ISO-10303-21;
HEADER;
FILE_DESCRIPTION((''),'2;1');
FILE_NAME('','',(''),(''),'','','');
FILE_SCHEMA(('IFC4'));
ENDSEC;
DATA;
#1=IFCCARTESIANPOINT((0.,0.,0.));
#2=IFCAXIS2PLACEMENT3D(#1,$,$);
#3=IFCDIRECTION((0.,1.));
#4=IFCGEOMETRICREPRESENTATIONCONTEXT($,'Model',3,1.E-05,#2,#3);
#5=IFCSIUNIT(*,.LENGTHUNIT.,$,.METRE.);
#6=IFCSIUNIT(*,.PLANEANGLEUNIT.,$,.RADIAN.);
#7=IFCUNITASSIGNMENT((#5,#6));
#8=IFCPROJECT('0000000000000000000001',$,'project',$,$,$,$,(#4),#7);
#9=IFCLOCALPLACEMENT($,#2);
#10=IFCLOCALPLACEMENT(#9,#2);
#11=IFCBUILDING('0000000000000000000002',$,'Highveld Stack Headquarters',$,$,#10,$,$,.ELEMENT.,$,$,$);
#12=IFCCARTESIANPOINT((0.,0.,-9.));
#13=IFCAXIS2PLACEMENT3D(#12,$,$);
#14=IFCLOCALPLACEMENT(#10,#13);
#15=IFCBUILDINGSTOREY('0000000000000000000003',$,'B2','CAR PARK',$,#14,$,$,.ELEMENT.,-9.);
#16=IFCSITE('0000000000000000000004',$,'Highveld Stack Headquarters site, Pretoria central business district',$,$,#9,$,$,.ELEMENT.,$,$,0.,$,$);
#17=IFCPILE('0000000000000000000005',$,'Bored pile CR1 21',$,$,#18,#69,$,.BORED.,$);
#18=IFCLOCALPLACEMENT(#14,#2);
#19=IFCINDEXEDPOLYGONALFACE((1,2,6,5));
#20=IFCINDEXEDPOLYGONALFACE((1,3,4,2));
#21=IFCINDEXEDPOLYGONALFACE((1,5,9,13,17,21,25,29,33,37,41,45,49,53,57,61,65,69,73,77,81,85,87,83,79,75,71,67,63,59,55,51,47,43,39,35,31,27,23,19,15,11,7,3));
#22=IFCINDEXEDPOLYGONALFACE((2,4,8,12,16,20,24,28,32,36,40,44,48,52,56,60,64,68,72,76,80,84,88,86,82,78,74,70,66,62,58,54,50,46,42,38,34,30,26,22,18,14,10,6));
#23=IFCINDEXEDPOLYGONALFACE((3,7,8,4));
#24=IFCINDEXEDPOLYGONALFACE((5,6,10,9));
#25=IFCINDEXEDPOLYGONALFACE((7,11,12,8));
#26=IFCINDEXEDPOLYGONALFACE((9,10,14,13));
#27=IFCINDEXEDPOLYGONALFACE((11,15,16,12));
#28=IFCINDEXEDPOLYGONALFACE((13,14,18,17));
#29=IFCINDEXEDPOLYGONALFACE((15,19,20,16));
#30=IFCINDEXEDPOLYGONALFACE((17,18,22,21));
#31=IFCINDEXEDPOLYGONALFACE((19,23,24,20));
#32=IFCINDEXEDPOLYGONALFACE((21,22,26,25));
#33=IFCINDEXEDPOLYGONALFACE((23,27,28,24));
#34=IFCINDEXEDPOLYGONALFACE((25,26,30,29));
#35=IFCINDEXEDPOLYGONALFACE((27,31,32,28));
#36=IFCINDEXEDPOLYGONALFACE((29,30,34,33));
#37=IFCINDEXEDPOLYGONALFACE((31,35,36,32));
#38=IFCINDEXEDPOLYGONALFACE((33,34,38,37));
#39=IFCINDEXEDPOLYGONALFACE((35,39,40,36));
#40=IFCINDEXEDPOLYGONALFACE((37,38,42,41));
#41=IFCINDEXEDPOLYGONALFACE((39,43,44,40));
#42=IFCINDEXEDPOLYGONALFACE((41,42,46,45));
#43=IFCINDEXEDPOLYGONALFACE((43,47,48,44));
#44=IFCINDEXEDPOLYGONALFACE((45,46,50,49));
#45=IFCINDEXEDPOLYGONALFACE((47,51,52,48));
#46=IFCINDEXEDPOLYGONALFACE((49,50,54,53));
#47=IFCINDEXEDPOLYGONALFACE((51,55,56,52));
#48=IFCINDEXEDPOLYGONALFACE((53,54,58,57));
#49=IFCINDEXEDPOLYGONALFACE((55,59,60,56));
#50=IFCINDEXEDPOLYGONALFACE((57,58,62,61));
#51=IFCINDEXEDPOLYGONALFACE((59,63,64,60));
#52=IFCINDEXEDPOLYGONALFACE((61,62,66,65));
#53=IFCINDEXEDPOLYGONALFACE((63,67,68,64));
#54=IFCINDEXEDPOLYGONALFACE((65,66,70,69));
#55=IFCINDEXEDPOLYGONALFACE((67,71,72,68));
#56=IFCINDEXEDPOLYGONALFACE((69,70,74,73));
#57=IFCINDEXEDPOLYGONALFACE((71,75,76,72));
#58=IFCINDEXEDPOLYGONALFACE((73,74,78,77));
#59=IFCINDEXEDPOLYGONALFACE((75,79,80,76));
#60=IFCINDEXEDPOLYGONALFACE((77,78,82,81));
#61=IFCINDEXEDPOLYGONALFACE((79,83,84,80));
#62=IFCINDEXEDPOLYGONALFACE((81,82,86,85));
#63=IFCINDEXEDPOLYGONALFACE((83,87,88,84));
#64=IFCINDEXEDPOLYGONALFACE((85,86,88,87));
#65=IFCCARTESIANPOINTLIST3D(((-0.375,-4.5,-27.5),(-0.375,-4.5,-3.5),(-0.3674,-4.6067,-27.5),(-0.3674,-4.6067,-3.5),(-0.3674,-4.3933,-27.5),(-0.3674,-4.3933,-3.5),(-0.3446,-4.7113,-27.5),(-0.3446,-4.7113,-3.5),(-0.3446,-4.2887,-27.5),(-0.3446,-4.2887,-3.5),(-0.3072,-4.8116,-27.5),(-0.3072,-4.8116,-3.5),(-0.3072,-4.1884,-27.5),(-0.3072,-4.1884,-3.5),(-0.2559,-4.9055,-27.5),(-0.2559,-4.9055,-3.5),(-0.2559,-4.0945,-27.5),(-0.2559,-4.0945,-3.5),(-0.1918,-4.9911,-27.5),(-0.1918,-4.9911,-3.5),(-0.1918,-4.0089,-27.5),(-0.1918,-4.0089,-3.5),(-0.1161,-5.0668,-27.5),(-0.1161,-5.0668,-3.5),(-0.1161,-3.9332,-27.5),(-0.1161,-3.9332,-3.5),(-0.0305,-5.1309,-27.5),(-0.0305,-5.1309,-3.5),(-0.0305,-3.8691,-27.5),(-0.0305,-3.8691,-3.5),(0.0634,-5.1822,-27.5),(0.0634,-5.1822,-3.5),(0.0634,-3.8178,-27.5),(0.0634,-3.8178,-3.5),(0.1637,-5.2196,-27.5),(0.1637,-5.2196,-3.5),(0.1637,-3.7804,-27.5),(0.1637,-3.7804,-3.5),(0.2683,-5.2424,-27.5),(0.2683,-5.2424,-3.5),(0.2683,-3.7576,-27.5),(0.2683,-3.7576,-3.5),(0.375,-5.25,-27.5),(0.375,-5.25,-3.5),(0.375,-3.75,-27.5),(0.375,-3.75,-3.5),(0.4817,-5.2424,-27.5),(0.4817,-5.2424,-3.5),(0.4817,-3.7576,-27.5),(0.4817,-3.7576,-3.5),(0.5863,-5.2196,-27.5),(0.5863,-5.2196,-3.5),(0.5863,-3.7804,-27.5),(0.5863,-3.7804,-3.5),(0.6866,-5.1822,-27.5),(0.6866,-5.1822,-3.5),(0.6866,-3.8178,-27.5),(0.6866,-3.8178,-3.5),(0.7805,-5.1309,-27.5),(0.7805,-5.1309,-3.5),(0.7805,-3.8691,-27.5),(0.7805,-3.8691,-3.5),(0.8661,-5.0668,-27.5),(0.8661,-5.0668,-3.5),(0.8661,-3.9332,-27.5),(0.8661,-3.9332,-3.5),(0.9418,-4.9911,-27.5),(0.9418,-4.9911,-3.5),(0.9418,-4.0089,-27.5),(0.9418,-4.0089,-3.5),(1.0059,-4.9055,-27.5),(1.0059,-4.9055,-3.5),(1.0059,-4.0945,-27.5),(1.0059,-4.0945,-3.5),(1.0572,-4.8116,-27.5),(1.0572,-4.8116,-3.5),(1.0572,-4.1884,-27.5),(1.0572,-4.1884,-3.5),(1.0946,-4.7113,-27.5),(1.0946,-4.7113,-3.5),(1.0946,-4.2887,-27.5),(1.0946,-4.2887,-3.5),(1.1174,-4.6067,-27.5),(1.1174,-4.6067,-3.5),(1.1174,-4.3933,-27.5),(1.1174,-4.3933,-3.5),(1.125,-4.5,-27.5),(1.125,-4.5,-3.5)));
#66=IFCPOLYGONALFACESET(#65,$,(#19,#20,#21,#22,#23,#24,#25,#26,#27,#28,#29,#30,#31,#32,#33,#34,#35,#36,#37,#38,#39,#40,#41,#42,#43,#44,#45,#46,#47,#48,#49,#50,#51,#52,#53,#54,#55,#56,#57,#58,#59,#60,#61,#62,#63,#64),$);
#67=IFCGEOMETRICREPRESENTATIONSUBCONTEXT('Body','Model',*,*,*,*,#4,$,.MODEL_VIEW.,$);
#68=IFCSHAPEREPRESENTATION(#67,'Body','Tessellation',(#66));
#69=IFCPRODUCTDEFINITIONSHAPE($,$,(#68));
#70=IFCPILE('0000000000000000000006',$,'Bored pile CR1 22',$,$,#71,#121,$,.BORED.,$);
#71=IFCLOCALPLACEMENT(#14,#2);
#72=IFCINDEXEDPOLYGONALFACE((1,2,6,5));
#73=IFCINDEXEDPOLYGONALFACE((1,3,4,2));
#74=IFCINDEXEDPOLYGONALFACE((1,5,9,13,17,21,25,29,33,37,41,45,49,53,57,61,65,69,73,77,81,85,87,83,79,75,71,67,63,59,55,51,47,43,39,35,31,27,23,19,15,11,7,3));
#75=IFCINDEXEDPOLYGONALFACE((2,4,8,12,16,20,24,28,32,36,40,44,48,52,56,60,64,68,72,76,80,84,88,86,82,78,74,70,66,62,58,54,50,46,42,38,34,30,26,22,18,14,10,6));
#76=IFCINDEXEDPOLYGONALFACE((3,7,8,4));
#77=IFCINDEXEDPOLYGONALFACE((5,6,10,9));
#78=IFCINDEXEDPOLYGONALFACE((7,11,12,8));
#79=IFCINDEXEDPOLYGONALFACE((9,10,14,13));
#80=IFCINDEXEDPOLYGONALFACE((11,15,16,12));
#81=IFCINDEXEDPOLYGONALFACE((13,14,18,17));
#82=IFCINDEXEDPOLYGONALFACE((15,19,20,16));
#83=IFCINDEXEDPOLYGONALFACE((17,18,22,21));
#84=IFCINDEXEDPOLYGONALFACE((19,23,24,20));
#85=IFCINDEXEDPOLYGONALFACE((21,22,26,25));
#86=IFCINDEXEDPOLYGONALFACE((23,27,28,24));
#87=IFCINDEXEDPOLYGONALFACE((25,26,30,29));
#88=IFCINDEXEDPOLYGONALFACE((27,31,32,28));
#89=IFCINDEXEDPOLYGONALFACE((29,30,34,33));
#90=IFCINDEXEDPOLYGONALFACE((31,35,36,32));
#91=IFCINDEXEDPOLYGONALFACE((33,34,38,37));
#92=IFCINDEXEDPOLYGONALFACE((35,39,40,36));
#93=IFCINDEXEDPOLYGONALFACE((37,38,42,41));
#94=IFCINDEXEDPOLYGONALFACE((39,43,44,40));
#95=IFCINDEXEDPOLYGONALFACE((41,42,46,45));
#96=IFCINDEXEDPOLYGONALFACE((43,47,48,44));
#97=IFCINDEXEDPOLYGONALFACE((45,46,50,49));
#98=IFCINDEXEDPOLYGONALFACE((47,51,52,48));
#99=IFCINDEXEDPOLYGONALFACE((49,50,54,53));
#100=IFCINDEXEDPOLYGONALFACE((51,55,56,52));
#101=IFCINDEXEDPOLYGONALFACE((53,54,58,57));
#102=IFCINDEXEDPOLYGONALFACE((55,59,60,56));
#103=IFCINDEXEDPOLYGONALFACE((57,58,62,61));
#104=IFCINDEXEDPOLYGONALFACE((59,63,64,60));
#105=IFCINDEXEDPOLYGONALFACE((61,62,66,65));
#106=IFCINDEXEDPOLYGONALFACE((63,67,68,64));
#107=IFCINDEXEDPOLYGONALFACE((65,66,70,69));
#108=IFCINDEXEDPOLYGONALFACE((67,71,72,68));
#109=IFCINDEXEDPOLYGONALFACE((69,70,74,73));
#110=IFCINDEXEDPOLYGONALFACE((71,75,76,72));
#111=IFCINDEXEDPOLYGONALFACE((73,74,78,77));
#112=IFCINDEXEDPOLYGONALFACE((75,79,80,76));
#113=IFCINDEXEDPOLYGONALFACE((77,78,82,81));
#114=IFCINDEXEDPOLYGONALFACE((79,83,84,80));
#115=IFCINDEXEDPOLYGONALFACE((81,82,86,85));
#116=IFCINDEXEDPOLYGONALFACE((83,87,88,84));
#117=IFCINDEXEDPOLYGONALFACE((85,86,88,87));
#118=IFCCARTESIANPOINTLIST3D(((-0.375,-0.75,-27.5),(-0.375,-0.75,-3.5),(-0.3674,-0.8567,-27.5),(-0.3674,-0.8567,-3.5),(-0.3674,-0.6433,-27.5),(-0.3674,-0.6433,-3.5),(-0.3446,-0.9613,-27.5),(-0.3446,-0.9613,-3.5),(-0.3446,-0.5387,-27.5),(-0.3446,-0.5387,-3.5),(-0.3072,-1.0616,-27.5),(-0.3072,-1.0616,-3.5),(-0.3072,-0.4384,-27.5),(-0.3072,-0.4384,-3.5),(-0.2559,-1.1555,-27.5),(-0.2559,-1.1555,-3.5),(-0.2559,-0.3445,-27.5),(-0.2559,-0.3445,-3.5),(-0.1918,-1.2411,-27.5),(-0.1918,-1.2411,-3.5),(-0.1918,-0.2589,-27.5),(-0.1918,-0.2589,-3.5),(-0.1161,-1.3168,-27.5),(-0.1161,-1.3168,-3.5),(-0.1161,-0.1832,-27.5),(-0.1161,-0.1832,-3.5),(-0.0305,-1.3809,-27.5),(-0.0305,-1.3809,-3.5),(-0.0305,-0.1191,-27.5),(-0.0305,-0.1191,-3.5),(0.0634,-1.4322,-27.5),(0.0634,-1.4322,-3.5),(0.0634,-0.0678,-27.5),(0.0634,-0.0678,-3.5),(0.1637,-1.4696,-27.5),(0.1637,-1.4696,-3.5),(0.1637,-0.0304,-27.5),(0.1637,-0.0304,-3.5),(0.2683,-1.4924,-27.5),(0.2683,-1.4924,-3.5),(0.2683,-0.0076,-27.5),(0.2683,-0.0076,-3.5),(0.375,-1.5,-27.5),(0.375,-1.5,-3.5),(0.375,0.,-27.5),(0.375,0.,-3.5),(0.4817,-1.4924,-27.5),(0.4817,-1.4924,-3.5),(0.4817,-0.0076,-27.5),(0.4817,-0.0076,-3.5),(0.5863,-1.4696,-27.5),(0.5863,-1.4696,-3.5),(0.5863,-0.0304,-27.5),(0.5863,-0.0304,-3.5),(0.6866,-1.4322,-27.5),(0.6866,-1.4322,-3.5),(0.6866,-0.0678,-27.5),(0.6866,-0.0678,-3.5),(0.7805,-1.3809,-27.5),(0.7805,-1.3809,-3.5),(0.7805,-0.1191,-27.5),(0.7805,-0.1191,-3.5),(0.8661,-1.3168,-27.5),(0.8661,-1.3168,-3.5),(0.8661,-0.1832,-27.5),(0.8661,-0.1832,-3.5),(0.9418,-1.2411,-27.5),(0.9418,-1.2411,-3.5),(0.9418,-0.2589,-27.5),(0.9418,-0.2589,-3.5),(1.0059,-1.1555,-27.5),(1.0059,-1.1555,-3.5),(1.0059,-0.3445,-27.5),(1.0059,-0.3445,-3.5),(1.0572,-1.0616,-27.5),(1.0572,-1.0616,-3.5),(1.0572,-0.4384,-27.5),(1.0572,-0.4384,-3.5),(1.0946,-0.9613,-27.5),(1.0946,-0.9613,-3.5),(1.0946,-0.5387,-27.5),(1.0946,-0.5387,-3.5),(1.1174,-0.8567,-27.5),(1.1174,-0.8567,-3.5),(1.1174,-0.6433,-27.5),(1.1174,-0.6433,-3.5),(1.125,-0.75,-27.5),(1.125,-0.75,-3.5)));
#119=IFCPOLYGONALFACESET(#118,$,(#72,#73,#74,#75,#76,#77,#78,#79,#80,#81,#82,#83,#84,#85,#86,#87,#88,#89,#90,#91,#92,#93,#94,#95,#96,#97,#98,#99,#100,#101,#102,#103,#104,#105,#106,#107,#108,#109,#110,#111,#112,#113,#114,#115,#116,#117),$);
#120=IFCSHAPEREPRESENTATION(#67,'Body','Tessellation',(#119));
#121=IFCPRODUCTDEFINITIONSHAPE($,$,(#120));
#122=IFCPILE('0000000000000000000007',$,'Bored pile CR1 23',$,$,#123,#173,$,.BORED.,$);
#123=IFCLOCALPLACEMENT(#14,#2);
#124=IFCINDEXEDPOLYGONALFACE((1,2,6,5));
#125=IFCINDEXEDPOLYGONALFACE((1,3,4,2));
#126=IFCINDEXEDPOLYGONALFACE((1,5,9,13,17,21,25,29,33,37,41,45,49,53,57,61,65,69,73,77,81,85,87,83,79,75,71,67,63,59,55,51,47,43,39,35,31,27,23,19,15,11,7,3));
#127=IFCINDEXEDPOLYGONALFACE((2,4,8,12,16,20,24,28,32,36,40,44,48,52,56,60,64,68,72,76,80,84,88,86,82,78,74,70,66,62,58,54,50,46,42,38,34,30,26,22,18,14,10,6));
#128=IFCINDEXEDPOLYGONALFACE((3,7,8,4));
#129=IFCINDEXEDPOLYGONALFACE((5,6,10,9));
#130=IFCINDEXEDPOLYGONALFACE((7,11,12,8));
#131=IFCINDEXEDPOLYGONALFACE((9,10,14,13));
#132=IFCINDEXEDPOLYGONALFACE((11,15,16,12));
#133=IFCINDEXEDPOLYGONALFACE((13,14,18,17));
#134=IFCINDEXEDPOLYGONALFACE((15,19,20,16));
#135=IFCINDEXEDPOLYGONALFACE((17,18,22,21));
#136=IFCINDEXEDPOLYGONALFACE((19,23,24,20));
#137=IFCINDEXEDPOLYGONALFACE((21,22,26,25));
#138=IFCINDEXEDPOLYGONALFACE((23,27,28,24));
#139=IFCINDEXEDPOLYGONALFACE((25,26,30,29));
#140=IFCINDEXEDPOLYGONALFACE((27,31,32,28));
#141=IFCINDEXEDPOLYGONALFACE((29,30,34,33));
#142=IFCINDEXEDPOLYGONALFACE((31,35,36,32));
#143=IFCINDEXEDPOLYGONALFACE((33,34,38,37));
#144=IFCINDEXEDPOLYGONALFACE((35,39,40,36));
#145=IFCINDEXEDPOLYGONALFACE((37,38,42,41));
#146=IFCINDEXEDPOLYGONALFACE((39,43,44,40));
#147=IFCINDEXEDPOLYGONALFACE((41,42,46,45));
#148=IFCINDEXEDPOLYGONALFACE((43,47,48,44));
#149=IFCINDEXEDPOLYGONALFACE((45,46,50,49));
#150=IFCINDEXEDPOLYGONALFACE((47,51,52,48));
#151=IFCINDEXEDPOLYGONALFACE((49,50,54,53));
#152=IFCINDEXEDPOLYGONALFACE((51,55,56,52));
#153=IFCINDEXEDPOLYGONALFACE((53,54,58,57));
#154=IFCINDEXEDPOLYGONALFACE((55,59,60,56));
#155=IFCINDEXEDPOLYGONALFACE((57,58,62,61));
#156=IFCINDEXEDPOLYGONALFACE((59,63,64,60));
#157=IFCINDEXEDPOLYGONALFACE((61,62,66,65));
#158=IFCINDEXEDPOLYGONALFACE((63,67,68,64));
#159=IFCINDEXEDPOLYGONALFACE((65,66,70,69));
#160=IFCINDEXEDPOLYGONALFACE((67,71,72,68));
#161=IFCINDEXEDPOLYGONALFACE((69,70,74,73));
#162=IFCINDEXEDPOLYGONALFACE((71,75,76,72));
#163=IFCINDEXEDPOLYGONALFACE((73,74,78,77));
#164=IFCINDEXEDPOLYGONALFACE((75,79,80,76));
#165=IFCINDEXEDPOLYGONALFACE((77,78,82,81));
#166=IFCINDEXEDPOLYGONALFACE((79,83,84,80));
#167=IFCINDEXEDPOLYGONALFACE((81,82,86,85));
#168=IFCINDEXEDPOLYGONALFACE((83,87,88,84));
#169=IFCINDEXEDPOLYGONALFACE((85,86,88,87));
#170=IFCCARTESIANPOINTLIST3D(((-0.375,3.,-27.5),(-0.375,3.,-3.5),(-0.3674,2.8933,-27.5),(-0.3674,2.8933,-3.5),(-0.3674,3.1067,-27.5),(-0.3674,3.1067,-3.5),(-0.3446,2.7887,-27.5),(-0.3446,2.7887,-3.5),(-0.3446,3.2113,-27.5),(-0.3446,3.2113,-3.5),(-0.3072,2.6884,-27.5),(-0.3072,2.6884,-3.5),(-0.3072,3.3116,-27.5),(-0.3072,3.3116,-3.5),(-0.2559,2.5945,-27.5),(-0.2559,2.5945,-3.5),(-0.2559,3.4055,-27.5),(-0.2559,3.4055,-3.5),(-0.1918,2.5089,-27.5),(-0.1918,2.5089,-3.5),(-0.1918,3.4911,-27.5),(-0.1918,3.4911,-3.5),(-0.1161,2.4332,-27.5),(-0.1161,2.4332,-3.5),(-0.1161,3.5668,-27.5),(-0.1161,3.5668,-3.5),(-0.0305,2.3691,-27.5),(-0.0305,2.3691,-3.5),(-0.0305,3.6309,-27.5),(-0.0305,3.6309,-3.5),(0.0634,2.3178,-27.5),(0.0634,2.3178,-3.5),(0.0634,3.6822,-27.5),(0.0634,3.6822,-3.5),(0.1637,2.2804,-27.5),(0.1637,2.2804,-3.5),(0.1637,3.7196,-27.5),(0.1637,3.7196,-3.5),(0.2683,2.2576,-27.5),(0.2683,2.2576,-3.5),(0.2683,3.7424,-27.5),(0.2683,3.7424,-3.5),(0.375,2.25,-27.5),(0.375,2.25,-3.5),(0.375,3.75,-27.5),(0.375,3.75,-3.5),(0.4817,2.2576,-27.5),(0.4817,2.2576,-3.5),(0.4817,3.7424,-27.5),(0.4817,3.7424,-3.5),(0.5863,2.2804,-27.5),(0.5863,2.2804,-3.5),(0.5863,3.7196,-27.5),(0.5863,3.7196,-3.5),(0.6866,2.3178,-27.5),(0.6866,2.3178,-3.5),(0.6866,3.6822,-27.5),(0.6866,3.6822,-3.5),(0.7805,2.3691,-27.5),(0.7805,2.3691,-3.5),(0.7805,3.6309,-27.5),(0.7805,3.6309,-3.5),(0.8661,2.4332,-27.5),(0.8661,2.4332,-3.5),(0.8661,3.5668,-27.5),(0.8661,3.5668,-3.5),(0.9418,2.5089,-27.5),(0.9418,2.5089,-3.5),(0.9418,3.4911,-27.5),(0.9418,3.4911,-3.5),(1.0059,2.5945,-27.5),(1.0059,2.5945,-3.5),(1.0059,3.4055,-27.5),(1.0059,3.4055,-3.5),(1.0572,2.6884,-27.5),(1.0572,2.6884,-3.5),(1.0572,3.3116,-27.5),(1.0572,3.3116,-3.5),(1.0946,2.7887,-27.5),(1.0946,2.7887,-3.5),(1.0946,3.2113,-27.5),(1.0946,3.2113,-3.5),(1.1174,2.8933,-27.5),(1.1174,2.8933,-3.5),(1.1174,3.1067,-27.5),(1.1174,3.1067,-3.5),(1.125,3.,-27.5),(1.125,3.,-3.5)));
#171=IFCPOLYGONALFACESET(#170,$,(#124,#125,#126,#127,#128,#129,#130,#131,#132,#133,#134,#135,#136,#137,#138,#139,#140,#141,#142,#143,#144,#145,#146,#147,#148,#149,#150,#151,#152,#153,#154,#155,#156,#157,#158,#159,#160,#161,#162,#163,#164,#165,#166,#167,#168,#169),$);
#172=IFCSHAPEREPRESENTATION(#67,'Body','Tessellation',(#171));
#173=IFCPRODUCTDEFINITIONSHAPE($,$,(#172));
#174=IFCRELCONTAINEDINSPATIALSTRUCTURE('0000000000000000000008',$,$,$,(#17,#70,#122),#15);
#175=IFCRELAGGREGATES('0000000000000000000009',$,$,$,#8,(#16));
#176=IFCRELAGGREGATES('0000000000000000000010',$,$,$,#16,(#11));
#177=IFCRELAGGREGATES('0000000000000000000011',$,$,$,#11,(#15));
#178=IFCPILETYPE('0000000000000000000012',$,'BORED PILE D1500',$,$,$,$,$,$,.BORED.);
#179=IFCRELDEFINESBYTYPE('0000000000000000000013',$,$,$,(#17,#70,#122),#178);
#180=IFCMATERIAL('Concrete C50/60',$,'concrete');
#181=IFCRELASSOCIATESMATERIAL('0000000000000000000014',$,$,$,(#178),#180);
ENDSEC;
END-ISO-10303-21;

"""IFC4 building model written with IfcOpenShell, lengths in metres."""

from ifc_helpers import new_model, si_unit, direction, frame, origin, origin_2d, place, context, subcontext, project, spatial, circle, extrude, material, type_object, element, save


model = new_model("IFC4")

# Units and contexts
model_context = context("Model", 3, precision=1e-05, world=origin(), true_north=direction((0.0, 1.0)))
body_context = subcontext(model_context, "Body", "Model", "MODEL_VIEW")
ifc_project = project(units=[si_unit("LENGTHUNIT", "METRE"), si_unit("PLANEANGLEUNIT", "RADIAN")], contexts=[model_context])

# Site, building, storey
site_placement = place(None, origin())
site = spatial("IfcSite", under=ifc_project, at=site_placement, Name="Highveld Stack Headquarters site, Pretoria central business district", CompositionType="ELEMENT", RefElevation=0.0)
building_placement = place(site_placement, origin())
building = spatial("IfcBuilding", under=site, at=building_placement, Name="Highveld Stack Headquarters", CompositionType="ELEMENT")
storey_placement = place(building_placement, frame((0.0, 0.0, -9.0)))
storey = spatial("IfcBuildingStorey", under=building, at=storey_placement, Name="B2", Description="CAR PARK", CompositionType="ELEMENT", Elevation=-9.0)

# Piles
ifc_material_1 = material(Name="Concrete C50/60", Category="concrete")
pile_type = type_object("IfcPileType", Name="BORED PILE D1500", PredefinedType="BORED", material=ifc_material_1)
for number, where, z_axis, x_axis, name in (
    (1, (0.375, -4.5, -3.5), (0.0, 0.0, -1.0), (1.0, 0.0, 0.0), "Bored pile CR1 21"),
    (2, (0.375, -0.75, -3.5), (0.0, 0.0, -1.0), (1.0, 0.0, 0.0), "Bored pile CR1 22"),
    (3, (0.375, 3.0, -3.5), (0.0, 0.0, -1.0), (1.0, 0.0, 0.0), "Bored pile CR1 23"),
):
    element("IfcPile", number, at=place(storey_placement, frame(where, z_axis=z_axis, x_axis=x_axis)), inside=storey, type_object=pile_type, Name=name, PredefinedType="BORED", context=body_context, shape_type="SweptSolid", body=[
        extrude(circle(Radius=0.75, at=origin_2d()), origin(), (0.0, 0.0, 1.0), 24.0),
    ])

save(model, "model.ifc")
